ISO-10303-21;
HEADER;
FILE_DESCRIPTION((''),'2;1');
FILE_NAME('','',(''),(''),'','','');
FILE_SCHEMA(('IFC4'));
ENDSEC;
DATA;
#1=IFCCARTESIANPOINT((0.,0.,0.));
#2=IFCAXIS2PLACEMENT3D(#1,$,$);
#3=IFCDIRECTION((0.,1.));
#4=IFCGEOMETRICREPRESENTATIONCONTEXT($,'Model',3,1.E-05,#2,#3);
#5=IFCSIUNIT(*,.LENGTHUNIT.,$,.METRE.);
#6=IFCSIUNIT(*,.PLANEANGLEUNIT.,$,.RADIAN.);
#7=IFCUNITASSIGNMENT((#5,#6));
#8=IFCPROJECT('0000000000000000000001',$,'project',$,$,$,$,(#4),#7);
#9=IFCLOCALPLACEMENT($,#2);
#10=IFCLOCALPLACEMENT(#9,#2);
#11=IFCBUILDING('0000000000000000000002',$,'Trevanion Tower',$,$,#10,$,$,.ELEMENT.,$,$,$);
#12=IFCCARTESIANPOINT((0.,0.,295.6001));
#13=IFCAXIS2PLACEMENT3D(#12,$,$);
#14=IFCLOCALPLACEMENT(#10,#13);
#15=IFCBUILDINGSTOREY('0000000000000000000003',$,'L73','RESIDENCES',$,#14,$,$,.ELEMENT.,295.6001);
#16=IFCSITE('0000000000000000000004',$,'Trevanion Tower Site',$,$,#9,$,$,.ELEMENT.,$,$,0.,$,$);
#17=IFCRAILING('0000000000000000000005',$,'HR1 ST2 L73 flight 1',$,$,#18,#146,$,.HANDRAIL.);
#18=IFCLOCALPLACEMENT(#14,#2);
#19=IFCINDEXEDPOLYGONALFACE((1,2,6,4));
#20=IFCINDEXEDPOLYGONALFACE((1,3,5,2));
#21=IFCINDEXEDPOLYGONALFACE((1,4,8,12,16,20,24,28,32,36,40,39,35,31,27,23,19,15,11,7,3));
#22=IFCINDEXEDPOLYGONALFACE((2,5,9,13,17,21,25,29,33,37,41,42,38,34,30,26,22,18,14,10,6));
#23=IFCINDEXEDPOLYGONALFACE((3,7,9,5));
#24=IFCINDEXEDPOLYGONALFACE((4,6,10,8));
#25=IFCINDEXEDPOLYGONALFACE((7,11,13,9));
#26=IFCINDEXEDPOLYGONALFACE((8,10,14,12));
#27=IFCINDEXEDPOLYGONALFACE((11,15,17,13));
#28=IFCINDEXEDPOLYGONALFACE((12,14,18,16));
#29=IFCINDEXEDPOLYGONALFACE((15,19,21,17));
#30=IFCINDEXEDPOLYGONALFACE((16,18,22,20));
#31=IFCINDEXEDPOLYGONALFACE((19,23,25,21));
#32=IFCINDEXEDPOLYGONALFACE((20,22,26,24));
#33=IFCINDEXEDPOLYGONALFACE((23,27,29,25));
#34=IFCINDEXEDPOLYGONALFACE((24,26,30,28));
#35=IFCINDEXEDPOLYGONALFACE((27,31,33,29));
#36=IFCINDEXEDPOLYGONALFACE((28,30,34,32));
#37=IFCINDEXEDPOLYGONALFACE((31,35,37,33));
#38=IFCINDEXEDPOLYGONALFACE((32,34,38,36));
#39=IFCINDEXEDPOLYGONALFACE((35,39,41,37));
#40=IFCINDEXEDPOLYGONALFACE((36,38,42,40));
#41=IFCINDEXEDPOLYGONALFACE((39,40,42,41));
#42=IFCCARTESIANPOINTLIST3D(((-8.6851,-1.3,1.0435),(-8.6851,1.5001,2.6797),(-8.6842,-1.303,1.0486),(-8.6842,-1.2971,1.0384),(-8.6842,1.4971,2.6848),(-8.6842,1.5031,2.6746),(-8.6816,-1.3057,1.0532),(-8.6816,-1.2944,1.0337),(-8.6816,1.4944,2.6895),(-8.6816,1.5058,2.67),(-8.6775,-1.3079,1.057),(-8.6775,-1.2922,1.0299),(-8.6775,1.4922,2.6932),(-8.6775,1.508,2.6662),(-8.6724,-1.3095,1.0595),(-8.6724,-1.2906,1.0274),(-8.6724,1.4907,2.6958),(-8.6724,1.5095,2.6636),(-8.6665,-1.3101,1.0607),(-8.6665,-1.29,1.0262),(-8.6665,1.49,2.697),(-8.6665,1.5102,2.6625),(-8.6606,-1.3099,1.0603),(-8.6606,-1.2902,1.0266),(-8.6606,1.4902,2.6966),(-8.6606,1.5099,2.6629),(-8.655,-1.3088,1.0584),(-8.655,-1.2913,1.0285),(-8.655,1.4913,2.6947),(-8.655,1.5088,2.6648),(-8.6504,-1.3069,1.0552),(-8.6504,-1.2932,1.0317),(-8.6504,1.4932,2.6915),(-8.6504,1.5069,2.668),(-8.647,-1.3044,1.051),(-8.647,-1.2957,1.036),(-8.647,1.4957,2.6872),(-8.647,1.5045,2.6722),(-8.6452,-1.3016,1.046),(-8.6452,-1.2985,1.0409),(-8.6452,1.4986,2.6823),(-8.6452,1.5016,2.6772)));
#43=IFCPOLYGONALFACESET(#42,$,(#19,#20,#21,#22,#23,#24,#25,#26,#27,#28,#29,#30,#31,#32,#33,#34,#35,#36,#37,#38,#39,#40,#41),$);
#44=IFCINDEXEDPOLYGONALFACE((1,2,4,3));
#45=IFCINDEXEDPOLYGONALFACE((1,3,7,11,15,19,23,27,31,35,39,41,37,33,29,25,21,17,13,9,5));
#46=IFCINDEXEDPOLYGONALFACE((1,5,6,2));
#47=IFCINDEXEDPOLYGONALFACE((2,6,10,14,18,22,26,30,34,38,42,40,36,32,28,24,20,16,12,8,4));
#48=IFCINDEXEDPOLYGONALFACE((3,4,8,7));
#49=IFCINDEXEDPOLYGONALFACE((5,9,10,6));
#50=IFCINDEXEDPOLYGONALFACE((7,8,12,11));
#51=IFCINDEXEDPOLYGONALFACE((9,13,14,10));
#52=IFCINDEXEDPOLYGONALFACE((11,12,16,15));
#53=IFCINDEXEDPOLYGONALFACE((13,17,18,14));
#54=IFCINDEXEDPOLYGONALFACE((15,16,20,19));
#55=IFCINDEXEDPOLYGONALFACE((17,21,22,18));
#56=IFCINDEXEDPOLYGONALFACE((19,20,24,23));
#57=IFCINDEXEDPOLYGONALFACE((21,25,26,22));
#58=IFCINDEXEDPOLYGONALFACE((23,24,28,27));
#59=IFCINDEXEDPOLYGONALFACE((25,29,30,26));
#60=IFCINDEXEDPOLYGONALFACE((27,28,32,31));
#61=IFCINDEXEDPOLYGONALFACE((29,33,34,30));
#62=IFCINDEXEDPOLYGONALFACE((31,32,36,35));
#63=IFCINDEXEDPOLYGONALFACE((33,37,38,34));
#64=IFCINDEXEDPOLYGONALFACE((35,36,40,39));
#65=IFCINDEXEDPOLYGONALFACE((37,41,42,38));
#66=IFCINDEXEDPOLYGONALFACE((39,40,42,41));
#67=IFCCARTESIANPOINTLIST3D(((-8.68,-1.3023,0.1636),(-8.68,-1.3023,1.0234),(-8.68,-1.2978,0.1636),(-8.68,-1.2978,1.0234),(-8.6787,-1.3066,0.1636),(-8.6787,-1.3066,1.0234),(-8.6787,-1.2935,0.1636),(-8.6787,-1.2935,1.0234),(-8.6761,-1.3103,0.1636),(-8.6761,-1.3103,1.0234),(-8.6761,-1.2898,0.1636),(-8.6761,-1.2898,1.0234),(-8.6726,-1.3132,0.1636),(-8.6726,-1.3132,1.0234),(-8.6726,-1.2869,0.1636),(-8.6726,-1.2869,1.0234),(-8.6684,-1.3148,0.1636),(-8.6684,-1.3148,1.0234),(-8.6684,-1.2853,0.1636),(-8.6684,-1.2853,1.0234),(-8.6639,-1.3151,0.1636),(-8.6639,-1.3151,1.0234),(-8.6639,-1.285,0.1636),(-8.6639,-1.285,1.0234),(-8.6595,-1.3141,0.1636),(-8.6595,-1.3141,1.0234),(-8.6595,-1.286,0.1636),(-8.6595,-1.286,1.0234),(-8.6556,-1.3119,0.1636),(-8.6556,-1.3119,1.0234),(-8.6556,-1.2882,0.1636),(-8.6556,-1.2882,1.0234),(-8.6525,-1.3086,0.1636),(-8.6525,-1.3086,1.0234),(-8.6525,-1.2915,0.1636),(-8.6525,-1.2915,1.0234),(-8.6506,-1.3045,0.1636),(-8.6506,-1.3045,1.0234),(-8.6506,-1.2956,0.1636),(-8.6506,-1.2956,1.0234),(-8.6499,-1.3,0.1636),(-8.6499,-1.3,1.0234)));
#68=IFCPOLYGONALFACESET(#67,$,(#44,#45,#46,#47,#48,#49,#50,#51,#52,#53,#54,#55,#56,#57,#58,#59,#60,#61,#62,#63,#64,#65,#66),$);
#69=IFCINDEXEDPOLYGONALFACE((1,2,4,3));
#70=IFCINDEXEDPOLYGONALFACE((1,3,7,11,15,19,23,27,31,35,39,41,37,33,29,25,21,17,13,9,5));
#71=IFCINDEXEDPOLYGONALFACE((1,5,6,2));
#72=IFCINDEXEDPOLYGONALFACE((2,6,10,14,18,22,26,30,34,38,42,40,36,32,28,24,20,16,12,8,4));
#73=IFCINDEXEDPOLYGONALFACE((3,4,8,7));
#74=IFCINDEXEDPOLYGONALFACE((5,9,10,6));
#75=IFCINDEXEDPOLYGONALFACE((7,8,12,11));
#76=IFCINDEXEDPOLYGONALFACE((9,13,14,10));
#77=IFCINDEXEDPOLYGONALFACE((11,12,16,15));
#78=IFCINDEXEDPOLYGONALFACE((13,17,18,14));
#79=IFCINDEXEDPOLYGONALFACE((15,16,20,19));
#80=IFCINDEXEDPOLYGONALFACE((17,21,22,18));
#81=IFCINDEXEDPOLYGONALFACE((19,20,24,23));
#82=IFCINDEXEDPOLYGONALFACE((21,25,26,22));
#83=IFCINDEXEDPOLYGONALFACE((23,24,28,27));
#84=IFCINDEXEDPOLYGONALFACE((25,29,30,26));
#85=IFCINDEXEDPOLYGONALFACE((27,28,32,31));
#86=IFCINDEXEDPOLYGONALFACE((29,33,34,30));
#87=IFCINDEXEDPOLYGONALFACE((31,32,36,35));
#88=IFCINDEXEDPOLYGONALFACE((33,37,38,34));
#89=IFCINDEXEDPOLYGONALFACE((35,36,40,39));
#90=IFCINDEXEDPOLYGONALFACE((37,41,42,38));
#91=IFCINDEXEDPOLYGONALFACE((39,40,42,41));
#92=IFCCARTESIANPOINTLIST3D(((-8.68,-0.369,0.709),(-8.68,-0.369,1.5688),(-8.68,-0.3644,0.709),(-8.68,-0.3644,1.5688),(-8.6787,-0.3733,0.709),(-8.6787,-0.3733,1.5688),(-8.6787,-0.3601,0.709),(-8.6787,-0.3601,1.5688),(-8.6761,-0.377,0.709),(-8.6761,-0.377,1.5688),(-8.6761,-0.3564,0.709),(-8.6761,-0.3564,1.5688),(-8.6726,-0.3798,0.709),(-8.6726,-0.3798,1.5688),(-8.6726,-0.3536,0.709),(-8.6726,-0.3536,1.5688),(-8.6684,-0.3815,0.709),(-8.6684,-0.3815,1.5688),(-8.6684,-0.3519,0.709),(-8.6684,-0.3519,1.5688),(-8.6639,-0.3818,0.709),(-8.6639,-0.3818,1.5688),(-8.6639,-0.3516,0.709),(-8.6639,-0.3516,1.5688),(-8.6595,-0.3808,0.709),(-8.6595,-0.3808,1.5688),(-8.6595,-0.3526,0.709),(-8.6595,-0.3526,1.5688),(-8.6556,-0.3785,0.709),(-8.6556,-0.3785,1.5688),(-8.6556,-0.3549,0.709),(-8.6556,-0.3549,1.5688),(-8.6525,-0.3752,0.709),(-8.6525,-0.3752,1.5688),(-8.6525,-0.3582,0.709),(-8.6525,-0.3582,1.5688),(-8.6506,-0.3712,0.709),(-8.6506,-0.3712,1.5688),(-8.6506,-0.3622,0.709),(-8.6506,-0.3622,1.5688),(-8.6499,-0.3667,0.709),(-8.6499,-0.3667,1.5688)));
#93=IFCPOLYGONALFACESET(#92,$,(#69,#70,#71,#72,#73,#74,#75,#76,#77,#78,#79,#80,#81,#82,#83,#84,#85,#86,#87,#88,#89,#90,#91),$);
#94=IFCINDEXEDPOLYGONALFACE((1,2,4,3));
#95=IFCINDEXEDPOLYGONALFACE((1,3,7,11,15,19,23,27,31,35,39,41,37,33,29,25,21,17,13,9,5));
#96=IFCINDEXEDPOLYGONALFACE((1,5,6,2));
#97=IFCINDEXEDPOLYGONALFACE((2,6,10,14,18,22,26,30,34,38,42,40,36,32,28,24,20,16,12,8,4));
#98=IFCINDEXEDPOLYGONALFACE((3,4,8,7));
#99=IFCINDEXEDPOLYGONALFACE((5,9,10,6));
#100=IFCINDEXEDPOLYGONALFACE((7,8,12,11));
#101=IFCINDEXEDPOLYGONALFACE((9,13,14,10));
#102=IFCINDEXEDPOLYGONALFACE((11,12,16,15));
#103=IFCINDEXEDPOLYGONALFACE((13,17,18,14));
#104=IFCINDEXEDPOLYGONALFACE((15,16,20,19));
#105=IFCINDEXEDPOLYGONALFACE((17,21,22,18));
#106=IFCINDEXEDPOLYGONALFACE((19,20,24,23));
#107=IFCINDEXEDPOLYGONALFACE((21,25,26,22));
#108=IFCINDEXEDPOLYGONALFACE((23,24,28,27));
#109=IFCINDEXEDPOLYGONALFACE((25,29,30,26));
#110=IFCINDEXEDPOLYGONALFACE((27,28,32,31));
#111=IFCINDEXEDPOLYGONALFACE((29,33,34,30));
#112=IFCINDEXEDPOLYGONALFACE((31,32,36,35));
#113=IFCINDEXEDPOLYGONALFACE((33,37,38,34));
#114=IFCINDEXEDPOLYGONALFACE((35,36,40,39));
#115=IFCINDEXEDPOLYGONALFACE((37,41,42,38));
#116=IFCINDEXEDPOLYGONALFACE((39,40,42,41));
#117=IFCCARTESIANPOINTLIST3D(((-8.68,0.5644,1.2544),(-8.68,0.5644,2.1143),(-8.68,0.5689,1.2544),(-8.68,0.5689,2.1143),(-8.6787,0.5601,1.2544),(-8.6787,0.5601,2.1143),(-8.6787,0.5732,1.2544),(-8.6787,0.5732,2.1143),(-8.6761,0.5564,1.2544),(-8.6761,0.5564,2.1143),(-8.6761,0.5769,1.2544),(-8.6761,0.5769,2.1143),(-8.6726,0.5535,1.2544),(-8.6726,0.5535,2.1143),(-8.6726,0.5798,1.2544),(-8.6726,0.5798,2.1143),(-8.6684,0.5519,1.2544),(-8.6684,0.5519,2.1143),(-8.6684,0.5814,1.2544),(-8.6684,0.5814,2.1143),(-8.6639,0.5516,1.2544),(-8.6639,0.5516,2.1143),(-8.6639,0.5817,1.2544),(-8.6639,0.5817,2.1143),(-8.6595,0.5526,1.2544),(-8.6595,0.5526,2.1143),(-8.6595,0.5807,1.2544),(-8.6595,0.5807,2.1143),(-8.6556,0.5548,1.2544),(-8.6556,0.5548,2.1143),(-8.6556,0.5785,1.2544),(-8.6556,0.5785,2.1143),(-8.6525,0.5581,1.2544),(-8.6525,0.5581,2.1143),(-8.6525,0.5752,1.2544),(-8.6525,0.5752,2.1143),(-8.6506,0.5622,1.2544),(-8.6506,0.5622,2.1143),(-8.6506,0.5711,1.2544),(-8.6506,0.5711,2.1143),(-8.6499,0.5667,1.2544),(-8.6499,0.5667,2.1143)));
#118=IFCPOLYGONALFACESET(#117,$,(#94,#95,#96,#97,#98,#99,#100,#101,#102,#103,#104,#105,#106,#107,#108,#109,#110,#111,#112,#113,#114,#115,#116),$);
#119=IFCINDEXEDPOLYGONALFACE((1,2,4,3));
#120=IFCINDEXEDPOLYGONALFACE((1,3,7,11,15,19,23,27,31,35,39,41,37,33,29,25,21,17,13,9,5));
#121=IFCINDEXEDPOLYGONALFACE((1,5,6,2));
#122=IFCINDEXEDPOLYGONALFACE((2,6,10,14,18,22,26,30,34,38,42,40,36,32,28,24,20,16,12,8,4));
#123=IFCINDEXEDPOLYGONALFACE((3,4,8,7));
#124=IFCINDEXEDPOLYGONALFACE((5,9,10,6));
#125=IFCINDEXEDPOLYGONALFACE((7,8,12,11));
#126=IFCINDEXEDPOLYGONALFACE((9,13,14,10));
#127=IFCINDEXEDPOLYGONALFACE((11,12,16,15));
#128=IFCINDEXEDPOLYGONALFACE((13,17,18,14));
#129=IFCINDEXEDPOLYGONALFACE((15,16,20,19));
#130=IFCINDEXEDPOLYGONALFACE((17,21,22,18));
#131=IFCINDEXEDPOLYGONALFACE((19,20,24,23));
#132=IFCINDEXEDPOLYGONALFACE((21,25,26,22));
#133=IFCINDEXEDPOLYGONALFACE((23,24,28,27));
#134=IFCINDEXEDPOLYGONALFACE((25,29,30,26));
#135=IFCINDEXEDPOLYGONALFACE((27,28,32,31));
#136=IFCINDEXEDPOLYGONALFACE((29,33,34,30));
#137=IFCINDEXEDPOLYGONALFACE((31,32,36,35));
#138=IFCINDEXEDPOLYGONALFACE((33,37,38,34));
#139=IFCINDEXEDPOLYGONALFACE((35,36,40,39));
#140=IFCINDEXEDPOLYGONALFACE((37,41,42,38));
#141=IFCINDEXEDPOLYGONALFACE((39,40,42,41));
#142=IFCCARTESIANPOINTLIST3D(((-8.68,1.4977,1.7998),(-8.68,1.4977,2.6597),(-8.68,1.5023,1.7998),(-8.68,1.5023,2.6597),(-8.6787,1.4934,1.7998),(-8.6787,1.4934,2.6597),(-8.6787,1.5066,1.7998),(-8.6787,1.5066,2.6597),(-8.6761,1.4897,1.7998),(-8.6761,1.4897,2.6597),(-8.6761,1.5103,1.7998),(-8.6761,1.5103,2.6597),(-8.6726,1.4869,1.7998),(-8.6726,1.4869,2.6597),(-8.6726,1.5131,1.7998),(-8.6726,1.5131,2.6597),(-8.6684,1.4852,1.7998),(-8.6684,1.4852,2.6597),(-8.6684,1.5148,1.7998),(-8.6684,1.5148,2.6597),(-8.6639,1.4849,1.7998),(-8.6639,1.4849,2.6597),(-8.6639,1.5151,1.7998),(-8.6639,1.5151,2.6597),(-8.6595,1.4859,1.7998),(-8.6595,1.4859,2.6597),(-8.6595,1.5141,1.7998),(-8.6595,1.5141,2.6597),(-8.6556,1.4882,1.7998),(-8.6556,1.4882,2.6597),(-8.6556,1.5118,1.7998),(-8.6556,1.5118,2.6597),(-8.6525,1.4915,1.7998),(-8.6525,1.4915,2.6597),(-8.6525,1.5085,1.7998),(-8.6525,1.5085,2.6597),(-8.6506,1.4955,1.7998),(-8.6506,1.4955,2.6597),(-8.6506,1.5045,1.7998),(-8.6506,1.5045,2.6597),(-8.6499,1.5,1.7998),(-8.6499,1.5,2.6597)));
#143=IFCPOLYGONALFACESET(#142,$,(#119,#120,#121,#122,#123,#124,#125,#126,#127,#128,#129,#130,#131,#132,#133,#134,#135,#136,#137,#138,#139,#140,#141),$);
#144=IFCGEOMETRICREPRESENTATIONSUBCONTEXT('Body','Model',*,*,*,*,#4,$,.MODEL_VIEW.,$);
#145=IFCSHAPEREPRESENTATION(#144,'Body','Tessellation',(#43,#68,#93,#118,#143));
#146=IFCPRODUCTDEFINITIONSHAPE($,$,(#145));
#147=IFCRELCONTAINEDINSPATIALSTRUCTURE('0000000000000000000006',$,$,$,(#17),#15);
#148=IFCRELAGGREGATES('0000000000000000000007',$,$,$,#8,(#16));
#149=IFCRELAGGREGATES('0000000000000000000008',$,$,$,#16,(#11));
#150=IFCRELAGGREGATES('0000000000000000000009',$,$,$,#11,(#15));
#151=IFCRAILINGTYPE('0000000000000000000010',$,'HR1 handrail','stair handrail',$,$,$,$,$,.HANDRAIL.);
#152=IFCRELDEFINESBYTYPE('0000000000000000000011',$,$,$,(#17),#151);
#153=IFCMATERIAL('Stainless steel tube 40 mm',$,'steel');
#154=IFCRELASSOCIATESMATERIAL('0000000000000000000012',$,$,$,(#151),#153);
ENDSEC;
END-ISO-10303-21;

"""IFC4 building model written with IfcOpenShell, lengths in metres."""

from ifc_helpers import new_model, si_unit, direction, frame, origin, origin_2d, place, context, subcontext, project, spatial, circle, extrude, material, type_object, element, save


model = new_model("IFC4")

# Units and contexts
model_context = context("Model", 3, precision=1e-05, world=origin(), true_north=direction((0.0, 1.0)))
body_context = subcontext(model_context, "Body", "Model", "MODEL_VIEW")
ifc_project = project(units=[si_unit("LENGTHUNIT", "METRE"), si_unit("PLANEANGLEUNIT", "RADIAN")], contexts=[model_context])

# Site, building, storey
site_placement = place(None, origin())
site = spatial("IfcSite", under=ifc_project, at=site_placement, Name="Trevanion Tower Site", CompositionType="ELEMENT", RefElevation=0.0)
building_placement = place(site_placement, origin())
building = spatial("IfcBuilding", under=site, at=building_placement, Name="Trevanion Tower", CompositionType="ELEMENT")
storey_placement = place(building_placement, frame((0.0, 0.0, 295.6001)))
storey = spatial("IfcBuildingStorey", under=building, at=storey_placement, Name="L73", Description="RESIDENCES", CompositionType="ELEMENT", Elevation=295.6001)

# Railing
ifc_material_1 = material(Name="Stainless steel tube 40 mm", Category="steel")
railing_type = type_object("IfcRailingType", Name="HR1 handrail", Description="stair handrail", PredefinedType="HANDRAIL", material=ifc_material_1)
for number, where, name in (
    (1, (-8.665, -1.3, 0.1636), "HR1 ST2 L73 flight 1"),
):
    element("IfcRailing", number, at=place(storey_placement, frame(where)), inside=storey, type_object=railing_type, Name=name, PredefinedType="HANDRAIL", context=body_context, shape_type="SweptSolid", body=[
        extrude(circle(Radius=0.02, at=origin_2d()), frame((0.0, 0.0, 0.8799), z_axis=(0.0, 0.863394, 0.504531), x_axis=(-1.0, 0.0, 0.0)), (0.0, 0.0, 1.0), 3.2432),
        extrude(circle(Radius=0.0151, at=origin_2d()), origin(), (0.0, 0.0, 1.0), 0.8599),
        extrude(circle(Radius=0.0151, at=origin_2d()), frame((0.0, 0.9333, 0.5454)), (0.0, 0.0, 1.0), 0.8599),
        extrude(circle(Radius=0.0151, at=origin_2d()), frame((0.0, 1.8667, 1.0908)), (0.0, 0.0, 1.0), 0.8599),
        extrude(circle(Radius=0.0151, at=origin_2d()), frame((0.0, 2.8, 1.6362)), (0.0, 0.0, 1.0), 0.8599),
    ])

save(model, "model.ifc")
